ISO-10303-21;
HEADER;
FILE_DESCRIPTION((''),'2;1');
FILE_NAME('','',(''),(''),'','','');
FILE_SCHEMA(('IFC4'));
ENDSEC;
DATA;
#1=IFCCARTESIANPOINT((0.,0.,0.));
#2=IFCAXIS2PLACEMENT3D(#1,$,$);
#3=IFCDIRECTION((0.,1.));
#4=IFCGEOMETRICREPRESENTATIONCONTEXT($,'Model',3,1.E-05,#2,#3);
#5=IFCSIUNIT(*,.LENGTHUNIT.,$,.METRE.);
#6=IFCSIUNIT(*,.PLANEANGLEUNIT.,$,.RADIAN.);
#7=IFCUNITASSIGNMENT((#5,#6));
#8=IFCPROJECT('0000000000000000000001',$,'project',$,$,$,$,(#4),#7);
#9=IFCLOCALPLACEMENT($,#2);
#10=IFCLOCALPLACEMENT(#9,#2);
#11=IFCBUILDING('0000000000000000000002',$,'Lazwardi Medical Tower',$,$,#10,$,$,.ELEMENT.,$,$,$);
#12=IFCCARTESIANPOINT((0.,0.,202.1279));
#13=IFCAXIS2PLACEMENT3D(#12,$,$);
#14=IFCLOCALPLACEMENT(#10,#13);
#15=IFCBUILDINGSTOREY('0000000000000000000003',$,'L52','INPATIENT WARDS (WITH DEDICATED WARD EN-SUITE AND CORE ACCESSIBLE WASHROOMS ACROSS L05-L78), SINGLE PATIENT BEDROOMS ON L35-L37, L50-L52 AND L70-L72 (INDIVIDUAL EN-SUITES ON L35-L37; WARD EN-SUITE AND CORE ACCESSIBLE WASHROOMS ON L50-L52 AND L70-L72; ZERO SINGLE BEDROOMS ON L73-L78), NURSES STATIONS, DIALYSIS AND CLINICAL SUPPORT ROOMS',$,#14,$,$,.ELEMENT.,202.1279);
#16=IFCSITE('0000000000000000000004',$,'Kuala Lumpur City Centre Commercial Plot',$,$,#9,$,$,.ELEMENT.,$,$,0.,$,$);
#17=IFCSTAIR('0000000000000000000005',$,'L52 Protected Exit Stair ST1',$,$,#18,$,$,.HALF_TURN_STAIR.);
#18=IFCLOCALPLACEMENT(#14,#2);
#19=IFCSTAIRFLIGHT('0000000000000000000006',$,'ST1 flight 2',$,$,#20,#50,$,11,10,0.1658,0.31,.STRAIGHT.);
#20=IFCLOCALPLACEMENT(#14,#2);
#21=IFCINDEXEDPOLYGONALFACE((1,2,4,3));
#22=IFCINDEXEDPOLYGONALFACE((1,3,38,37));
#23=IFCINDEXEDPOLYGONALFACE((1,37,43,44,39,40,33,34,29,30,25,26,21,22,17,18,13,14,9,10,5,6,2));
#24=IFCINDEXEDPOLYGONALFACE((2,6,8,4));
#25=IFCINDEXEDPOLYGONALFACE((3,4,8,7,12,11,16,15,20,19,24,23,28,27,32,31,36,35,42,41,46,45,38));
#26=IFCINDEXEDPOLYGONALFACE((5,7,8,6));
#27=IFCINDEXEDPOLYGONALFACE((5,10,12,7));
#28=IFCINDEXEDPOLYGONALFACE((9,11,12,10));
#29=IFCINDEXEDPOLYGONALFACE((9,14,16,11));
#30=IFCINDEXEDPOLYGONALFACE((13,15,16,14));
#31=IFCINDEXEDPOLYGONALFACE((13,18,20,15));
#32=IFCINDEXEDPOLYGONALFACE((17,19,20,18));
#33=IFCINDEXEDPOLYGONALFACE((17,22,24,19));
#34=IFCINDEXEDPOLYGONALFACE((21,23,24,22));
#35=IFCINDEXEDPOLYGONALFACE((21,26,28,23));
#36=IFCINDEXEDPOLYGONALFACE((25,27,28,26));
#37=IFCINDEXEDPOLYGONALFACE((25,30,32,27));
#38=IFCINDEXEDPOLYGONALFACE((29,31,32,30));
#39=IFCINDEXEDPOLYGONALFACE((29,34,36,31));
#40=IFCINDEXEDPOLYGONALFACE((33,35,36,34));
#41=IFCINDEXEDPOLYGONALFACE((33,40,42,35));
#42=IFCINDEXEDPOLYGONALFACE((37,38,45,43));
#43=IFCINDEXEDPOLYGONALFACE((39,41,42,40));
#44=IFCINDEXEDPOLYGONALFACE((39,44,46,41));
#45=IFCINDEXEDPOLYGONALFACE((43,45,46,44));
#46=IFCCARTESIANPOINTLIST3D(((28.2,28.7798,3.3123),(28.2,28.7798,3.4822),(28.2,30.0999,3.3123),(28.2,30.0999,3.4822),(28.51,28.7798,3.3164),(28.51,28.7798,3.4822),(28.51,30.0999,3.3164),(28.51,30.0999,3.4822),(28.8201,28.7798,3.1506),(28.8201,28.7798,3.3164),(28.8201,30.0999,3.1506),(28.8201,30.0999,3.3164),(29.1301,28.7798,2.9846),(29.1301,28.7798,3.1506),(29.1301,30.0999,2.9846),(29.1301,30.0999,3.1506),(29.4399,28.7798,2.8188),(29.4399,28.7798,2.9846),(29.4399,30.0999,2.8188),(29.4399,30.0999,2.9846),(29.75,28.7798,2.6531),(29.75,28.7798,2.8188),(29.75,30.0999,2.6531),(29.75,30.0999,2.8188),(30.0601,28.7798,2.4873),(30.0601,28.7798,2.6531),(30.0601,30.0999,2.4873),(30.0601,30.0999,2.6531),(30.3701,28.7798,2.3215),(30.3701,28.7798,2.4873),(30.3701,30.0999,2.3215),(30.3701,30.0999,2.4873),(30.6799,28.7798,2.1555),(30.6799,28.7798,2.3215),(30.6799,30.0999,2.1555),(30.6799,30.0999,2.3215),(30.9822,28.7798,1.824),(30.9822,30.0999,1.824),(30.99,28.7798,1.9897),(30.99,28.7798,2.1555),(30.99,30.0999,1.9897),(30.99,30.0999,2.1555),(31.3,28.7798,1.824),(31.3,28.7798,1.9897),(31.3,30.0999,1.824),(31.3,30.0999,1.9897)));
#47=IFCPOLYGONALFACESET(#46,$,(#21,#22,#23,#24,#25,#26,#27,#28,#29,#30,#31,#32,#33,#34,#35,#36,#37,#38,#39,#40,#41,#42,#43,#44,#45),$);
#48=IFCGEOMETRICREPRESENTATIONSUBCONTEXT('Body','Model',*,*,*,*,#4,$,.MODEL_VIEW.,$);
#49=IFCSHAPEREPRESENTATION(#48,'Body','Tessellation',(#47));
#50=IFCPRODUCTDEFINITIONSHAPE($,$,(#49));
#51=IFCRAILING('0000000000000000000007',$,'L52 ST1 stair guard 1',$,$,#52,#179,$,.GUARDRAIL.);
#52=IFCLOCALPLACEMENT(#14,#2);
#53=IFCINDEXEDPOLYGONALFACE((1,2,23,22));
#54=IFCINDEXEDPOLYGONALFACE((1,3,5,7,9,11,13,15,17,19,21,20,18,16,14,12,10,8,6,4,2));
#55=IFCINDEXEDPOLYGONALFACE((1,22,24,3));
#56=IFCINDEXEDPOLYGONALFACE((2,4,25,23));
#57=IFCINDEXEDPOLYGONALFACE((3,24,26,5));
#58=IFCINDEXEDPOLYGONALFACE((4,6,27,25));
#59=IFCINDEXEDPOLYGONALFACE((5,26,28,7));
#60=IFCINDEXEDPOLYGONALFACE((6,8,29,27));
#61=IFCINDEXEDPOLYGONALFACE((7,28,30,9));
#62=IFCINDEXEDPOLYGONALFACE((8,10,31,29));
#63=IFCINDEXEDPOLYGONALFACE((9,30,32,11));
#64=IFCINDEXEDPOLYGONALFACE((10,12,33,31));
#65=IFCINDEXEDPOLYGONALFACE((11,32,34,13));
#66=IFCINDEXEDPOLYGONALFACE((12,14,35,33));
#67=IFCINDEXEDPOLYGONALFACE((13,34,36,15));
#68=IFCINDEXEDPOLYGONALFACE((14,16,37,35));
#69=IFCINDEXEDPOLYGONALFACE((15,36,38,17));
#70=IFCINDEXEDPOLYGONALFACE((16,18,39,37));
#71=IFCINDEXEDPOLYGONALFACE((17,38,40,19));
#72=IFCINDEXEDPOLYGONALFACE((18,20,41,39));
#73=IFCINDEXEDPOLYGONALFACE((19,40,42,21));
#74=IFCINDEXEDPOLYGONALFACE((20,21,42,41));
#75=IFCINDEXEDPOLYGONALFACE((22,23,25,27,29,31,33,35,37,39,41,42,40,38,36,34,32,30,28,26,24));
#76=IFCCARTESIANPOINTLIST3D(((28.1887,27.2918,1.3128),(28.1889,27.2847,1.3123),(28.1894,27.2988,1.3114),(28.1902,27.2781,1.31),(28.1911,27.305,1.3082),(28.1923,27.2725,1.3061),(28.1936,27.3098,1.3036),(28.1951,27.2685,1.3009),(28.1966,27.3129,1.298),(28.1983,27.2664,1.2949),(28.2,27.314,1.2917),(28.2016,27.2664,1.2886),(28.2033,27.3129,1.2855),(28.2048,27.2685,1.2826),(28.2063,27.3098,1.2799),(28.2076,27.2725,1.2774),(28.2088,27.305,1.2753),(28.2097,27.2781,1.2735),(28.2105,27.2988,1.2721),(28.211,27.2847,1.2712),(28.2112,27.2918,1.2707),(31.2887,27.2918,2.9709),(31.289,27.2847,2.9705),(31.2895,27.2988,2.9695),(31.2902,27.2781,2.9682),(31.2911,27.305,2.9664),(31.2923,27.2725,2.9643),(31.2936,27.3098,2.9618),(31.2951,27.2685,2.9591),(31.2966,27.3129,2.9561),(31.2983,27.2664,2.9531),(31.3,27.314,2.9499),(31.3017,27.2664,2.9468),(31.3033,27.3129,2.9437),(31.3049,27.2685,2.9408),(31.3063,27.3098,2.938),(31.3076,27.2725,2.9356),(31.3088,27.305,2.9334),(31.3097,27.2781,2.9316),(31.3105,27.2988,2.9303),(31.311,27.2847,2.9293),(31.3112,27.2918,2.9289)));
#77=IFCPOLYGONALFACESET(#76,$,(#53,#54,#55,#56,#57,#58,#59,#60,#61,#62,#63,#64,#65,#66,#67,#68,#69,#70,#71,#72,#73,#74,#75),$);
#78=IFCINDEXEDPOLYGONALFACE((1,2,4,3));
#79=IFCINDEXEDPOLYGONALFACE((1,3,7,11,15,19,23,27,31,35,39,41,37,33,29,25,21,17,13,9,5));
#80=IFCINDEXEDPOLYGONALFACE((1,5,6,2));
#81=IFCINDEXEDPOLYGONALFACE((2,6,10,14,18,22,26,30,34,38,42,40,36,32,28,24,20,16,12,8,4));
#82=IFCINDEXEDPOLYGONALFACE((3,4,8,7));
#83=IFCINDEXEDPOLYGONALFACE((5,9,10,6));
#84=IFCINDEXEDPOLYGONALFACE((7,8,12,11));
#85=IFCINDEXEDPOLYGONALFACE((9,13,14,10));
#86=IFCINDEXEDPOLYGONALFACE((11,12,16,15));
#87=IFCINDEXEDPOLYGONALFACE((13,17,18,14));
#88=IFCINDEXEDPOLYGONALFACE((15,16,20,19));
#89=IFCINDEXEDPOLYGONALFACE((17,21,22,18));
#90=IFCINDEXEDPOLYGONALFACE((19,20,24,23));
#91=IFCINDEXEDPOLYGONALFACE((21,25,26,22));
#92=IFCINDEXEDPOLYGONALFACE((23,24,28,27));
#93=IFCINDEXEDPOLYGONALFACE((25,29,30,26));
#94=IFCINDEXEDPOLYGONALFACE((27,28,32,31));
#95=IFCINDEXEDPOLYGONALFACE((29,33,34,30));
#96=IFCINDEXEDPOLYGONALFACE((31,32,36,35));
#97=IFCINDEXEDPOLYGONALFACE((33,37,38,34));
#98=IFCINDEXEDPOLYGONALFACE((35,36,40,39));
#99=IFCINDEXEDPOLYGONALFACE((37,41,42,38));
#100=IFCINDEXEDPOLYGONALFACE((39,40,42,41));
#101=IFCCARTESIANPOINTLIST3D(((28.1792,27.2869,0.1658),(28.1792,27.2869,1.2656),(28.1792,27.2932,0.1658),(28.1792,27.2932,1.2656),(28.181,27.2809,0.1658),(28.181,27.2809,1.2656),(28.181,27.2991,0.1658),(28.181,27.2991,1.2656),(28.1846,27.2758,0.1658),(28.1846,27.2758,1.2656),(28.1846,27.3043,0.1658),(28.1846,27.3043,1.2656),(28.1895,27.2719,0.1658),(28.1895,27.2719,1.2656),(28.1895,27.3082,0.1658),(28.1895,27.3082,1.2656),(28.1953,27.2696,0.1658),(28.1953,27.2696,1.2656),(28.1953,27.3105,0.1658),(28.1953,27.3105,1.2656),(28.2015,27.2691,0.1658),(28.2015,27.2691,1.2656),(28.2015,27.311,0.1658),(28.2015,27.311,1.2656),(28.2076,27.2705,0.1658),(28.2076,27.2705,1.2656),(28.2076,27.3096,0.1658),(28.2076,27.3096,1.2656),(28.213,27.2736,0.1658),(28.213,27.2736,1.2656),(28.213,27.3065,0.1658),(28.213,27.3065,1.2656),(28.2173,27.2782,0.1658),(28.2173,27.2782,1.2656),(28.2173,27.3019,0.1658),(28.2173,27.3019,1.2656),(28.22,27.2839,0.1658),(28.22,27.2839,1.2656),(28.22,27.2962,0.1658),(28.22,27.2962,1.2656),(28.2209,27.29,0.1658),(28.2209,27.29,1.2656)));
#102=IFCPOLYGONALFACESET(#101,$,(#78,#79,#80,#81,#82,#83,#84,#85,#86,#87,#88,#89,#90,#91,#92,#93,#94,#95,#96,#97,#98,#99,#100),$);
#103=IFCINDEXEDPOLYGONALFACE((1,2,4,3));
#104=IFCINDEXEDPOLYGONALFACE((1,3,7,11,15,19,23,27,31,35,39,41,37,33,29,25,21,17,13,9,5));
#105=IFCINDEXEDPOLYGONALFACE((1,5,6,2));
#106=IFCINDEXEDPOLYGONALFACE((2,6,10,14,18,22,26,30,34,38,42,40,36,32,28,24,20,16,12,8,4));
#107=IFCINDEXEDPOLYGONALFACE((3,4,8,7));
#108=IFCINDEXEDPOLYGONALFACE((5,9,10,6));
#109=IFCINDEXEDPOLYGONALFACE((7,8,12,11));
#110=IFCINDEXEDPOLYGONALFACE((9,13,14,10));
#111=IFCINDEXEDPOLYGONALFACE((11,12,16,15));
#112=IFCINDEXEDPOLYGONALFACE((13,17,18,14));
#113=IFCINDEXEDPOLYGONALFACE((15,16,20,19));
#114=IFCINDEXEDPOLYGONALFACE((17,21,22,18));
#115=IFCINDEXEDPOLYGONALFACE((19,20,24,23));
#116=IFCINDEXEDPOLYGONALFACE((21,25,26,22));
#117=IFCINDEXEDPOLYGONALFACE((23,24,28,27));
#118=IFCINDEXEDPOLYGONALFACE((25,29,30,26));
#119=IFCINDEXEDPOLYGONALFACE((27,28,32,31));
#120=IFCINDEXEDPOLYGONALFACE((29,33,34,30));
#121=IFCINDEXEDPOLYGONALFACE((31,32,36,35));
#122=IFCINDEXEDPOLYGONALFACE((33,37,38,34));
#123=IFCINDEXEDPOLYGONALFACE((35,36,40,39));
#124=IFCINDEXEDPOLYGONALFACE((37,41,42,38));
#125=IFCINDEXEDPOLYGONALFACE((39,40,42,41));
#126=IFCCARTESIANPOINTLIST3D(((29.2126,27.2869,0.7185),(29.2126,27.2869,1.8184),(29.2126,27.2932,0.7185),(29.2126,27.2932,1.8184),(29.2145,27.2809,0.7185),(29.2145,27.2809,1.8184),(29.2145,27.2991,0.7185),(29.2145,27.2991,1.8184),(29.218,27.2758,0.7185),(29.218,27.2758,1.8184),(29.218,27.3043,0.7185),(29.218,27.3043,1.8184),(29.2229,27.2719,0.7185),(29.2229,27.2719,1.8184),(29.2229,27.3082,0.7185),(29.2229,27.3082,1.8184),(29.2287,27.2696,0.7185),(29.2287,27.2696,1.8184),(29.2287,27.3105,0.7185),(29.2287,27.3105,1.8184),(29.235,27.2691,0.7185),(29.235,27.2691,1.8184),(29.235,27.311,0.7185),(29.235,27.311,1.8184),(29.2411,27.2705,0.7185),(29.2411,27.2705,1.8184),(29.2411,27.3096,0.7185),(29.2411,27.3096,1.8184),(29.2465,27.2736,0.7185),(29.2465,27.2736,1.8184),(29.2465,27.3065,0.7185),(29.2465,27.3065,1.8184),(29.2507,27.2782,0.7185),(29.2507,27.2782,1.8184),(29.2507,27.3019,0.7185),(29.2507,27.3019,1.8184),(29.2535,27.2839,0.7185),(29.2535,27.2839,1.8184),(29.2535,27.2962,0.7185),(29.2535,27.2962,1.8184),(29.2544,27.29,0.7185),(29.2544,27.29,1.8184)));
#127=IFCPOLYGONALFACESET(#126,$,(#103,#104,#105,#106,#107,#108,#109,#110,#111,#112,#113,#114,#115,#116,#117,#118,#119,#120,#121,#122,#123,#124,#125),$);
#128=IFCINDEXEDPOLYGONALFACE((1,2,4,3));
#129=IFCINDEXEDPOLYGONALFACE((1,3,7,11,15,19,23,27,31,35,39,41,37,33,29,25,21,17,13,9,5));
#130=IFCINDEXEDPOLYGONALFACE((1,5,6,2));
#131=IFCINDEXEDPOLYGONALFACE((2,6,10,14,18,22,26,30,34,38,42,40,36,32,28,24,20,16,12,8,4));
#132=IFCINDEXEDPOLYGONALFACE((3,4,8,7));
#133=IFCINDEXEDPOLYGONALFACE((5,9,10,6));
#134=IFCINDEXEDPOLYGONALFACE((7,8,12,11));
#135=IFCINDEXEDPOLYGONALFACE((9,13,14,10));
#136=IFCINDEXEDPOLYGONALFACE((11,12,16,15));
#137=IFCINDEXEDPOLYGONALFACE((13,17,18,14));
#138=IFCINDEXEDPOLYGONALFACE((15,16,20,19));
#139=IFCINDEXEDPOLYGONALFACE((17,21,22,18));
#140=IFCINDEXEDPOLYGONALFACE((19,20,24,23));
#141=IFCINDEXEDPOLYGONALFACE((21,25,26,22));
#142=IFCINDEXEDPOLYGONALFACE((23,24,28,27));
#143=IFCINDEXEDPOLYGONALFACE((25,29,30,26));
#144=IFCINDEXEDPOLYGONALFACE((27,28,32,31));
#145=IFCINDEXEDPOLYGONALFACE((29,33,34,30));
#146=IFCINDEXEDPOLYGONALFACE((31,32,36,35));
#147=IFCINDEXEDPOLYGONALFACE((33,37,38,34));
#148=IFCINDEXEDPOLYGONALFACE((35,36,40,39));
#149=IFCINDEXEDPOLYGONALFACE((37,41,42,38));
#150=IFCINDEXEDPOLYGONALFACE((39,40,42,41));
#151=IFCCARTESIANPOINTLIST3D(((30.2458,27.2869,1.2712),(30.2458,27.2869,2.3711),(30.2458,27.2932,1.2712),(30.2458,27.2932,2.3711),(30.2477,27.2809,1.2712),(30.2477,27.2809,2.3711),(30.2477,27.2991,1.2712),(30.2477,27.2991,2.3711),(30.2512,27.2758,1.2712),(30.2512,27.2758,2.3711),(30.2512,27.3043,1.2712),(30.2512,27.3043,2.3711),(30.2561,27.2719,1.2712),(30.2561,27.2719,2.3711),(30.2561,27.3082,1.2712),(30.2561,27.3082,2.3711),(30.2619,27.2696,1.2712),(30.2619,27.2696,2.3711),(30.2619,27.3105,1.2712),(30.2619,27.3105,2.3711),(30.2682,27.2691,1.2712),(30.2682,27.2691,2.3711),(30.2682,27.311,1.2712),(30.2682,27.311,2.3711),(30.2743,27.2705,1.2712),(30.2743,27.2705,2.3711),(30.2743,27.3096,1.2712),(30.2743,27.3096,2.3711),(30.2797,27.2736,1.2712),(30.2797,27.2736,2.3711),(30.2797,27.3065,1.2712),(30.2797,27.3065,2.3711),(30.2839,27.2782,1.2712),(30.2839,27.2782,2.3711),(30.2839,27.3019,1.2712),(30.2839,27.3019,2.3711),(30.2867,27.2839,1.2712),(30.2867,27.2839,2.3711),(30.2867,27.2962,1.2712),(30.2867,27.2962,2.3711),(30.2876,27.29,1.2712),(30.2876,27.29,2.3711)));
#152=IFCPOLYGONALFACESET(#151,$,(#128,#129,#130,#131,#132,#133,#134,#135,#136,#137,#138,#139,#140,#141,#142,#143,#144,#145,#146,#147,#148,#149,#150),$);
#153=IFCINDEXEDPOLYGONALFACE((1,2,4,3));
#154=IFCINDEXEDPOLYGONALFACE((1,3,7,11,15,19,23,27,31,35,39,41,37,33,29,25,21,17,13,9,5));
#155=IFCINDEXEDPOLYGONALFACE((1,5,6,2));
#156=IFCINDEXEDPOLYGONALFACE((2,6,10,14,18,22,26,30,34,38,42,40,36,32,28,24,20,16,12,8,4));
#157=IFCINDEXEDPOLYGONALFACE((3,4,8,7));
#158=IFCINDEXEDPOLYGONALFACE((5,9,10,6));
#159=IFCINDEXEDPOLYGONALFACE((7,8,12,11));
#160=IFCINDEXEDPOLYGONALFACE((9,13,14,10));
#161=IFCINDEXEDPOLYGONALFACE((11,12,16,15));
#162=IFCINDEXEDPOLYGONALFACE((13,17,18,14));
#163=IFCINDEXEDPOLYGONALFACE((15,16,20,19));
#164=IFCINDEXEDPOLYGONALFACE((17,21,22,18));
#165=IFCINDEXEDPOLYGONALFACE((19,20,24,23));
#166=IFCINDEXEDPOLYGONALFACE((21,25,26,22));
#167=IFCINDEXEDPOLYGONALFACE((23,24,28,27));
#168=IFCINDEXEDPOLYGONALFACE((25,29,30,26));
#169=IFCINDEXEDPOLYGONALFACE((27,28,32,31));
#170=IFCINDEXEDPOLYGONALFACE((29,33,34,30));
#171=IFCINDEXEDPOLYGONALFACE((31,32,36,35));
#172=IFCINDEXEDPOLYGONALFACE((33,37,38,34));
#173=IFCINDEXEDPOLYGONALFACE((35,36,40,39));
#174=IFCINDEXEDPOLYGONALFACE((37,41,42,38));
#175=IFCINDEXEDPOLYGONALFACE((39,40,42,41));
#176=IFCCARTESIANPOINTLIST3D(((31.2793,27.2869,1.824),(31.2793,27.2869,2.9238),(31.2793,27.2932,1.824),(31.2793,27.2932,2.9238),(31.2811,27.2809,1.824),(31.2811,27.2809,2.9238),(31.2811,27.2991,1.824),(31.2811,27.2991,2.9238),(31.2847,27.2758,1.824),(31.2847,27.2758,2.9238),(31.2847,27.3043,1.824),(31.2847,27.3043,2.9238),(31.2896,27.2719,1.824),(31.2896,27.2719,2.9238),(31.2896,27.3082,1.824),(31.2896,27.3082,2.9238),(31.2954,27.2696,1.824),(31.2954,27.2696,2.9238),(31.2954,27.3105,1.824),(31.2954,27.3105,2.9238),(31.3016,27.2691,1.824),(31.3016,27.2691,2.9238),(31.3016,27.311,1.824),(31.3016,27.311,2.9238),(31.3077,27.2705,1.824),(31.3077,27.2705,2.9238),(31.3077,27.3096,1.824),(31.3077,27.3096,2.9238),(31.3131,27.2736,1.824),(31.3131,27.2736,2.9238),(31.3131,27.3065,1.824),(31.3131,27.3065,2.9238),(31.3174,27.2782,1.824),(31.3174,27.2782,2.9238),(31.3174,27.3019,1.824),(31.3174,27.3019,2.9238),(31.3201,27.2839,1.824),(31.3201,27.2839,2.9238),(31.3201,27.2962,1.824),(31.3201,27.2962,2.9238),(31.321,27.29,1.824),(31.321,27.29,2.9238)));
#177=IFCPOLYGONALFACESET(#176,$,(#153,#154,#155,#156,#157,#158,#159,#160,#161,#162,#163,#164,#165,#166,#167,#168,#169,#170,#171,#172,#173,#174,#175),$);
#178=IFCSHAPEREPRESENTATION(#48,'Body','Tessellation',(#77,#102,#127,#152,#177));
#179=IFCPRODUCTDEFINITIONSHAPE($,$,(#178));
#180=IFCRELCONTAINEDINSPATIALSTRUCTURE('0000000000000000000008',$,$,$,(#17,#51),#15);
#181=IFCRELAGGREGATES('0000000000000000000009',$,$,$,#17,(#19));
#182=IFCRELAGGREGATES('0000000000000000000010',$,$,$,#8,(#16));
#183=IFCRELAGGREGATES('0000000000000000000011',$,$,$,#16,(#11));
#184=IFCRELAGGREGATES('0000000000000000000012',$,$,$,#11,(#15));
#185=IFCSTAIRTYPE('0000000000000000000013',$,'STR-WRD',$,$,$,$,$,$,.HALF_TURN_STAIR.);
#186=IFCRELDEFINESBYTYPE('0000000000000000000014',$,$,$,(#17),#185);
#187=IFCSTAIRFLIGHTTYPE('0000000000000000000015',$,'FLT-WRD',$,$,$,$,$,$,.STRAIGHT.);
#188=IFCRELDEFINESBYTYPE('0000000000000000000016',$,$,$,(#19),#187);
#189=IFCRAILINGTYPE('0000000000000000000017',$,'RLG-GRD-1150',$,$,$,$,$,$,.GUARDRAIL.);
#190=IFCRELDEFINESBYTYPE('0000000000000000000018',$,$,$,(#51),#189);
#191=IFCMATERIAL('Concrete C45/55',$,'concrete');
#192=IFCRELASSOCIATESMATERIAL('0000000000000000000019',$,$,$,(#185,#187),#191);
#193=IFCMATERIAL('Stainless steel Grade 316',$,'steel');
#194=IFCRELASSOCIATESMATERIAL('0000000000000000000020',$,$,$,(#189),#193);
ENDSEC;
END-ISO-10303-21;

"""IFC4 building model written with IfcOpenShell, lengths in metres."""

from ifc_helpers import new_model, si_unit, direction, frame, origin, origin_2d, place, context, subcontext, project, spatial, polyline, circle, outline, extrude, material, type_object, element, aggregate, save


model = new_model("IFC4")

# Units and contexts
model_context = context("Model", 3, precision=1e-05, world=origin(), true_north=direction((0.0, 1.0)))
body_context = subcontext(model_context, "Body", "Model", "MODEL_VIEW")
ifc_project = project(units=[si_unit("LENGTHUNIT", "METRE"), si_unit("PLANEANGLEUNIT", "RADIAN")], contexts=[model_context])

# Site, building, storey
site_placement = place(None, origin())
site = spatial("IfcSite", under=ifc_project, at=site_placement, Name="Kuala Lumpur City Centre Commercial Plot", CompositionType="ELEMENT", RefElevation=0.0)
building_placement = place(site_placement, origin())
building = spatial("IfcBuilding", under=site, at=building_placement, Name="Lazwardi Medical Tower", CompositionType="ELEMENT")
storey_placement = place(building_placement, frame((0.0, 0.0, 202.1279)))
storey = spatial("IfcBuildingStorey", under=building, at=storey_placement, Name="L52", Description="INPATIENT WARDS (WITH DEDICATED WARD EN-SUITE AND CORE ACCESSIBLE WASHROOMS ACROSS L05-L78), SINGLE PATIENT BEDROOMS ON L35-L37, L50-L52 AND L70-L72 (INDIVIDUAL EN-SUITES ON L35-L37; WARD EN-SUITE AND CORE ACCESSIBLE WASHROOMS ON L50-L52 AND L70-L72; ZERO SINGLE BEDROOMS ON L73-L78), NURSES STATIONS, DIALYSIS AND CLINICAL SUPPORT ROOMS", CompositionType="ELEMENT", Elevation=202.1279)

# Stair, stair flight
ifc_material_1 = material(Name="Concrete C45/55", Category="concrete")
stair_type = type_object("IfcStairType", Name="STR-WRD", PredefinedType="HALF_TURN_STAIR", material=ifc_material_1)
stair_placement = place(storey_placement, origin())
stair = element("IfcStair", 1, at=stair_placement, inside=storey, type_object=stair_type, Name="L52 Protected Exit Stair ST1", PredefinedType="HALF_TURN_STAIR")
stair_flight_type = type_object("IfcStairFlightType", Name="FLT-WRD", PredefinedType="STRAIGHT", material=ifc_material_1)
stair_flight_1_placement = place(storey_placement, frame((31.3, 29.4399, 1.824), z_axis=(0.0, 0.0, 1.0), x_axis=(-1.0, 0.0, 0.0)))
stair_flight_1 = element("IfcStairFlight", 2, at=stair_flight_1_placement, type_object=stair_flight_type, Name="ST1 flight 2", NumberOfRisers=11, NumberOfTreads=10, PredefinedType="STRAIGHT", RiserHeight=0.1658, TreadLength=0.31, context=body_context, shape_type="SweptSolid", body=[
    extrude(outline(polyline([(0.0, 0.0), (0.0, 0.1658), (0.3101, 0.1658), (0.3101, 0.3315), (0.6201, 0.3315), (0.6201, 0.4976), (0.9299, 0.4976), (0.9299, 0.6633), (1.24, 0.6633), (1.24, 0.8291), (1.55, 0.8291), (1.55, 0.9949), (1.8601, 0.9949), (1.8601, 1.1606), (2.1699, 1.1606), (2.1699, 1.3267), (2.48, 1.3267), (2.48, 1.4924), (2.79, 1.4924), (2.79, 1.6582), (3.1001, 1.6582), (3.1001, 1.824), (3.1001, 1.4883), (0.3179, 0.0), (0.0, 0.0)])), frame((0.0, 0.6602, 0.0), z_axis=(0.0, -1.0, 0.0), x_axis=(1.0, 0.0, 0.0)), (0.0, 0.0, 1.0), 1.3201),
])
aggregate(stair, [stair_flight_1])

# Railing
ifc_material_2 = material(Name="Stainless steel Grade 316", Category="steel")
railing_type_1 = type_object("IfcRailingType", Name="RLG-GRD-1150", PredefinedType="GUARDRAIL", material=ifc_material_2)
railing_1_placement = place(storey_placement, frame((28.2, 27.29, 0.1658)))
element("IfcRailing", 3, at=railing_1_placement, inside=storey, type_object=railing_type_1, Name="L52 ST1 stair guard 1", PredefinedType="GUARDRAIL", context=body_context, shape_type="SweptSolid", body=[
    extrude(circle(Radius=0.0239, at=origin_2d()), frame((0.0, 0.0, 1.126), z_axis=(0.881783, 0.0, 0.471655), x_axis=(0.0, 1.0, 0.0)), (0.0, 0.0, 1.0), 3.5156),
    extrude(circle(Radius=0.021, at=origin_2d()), origin(), (0.0, 0.0, 1.0), 1.0999),
    extrude(circle(Radius=0.021, at=origin_2d()), frame((1.0334, 0.0, 0.5527)), (0.0, 0.0, 1.0), 1.0999),
    extrude(circle(Radius=0.021, at=origin_2d()), frame((2.0667, 0.0, 1.1055)), (0.0, 0.0, 1.0), 1.0999),
    extrude(circle(Radius=0.021, at=origin_2d()), frame((3.1001, 0.0, 1.6582)), (0.0, 0.0, 1.0), 1.0999),
])

save(model, "model.ifc")
